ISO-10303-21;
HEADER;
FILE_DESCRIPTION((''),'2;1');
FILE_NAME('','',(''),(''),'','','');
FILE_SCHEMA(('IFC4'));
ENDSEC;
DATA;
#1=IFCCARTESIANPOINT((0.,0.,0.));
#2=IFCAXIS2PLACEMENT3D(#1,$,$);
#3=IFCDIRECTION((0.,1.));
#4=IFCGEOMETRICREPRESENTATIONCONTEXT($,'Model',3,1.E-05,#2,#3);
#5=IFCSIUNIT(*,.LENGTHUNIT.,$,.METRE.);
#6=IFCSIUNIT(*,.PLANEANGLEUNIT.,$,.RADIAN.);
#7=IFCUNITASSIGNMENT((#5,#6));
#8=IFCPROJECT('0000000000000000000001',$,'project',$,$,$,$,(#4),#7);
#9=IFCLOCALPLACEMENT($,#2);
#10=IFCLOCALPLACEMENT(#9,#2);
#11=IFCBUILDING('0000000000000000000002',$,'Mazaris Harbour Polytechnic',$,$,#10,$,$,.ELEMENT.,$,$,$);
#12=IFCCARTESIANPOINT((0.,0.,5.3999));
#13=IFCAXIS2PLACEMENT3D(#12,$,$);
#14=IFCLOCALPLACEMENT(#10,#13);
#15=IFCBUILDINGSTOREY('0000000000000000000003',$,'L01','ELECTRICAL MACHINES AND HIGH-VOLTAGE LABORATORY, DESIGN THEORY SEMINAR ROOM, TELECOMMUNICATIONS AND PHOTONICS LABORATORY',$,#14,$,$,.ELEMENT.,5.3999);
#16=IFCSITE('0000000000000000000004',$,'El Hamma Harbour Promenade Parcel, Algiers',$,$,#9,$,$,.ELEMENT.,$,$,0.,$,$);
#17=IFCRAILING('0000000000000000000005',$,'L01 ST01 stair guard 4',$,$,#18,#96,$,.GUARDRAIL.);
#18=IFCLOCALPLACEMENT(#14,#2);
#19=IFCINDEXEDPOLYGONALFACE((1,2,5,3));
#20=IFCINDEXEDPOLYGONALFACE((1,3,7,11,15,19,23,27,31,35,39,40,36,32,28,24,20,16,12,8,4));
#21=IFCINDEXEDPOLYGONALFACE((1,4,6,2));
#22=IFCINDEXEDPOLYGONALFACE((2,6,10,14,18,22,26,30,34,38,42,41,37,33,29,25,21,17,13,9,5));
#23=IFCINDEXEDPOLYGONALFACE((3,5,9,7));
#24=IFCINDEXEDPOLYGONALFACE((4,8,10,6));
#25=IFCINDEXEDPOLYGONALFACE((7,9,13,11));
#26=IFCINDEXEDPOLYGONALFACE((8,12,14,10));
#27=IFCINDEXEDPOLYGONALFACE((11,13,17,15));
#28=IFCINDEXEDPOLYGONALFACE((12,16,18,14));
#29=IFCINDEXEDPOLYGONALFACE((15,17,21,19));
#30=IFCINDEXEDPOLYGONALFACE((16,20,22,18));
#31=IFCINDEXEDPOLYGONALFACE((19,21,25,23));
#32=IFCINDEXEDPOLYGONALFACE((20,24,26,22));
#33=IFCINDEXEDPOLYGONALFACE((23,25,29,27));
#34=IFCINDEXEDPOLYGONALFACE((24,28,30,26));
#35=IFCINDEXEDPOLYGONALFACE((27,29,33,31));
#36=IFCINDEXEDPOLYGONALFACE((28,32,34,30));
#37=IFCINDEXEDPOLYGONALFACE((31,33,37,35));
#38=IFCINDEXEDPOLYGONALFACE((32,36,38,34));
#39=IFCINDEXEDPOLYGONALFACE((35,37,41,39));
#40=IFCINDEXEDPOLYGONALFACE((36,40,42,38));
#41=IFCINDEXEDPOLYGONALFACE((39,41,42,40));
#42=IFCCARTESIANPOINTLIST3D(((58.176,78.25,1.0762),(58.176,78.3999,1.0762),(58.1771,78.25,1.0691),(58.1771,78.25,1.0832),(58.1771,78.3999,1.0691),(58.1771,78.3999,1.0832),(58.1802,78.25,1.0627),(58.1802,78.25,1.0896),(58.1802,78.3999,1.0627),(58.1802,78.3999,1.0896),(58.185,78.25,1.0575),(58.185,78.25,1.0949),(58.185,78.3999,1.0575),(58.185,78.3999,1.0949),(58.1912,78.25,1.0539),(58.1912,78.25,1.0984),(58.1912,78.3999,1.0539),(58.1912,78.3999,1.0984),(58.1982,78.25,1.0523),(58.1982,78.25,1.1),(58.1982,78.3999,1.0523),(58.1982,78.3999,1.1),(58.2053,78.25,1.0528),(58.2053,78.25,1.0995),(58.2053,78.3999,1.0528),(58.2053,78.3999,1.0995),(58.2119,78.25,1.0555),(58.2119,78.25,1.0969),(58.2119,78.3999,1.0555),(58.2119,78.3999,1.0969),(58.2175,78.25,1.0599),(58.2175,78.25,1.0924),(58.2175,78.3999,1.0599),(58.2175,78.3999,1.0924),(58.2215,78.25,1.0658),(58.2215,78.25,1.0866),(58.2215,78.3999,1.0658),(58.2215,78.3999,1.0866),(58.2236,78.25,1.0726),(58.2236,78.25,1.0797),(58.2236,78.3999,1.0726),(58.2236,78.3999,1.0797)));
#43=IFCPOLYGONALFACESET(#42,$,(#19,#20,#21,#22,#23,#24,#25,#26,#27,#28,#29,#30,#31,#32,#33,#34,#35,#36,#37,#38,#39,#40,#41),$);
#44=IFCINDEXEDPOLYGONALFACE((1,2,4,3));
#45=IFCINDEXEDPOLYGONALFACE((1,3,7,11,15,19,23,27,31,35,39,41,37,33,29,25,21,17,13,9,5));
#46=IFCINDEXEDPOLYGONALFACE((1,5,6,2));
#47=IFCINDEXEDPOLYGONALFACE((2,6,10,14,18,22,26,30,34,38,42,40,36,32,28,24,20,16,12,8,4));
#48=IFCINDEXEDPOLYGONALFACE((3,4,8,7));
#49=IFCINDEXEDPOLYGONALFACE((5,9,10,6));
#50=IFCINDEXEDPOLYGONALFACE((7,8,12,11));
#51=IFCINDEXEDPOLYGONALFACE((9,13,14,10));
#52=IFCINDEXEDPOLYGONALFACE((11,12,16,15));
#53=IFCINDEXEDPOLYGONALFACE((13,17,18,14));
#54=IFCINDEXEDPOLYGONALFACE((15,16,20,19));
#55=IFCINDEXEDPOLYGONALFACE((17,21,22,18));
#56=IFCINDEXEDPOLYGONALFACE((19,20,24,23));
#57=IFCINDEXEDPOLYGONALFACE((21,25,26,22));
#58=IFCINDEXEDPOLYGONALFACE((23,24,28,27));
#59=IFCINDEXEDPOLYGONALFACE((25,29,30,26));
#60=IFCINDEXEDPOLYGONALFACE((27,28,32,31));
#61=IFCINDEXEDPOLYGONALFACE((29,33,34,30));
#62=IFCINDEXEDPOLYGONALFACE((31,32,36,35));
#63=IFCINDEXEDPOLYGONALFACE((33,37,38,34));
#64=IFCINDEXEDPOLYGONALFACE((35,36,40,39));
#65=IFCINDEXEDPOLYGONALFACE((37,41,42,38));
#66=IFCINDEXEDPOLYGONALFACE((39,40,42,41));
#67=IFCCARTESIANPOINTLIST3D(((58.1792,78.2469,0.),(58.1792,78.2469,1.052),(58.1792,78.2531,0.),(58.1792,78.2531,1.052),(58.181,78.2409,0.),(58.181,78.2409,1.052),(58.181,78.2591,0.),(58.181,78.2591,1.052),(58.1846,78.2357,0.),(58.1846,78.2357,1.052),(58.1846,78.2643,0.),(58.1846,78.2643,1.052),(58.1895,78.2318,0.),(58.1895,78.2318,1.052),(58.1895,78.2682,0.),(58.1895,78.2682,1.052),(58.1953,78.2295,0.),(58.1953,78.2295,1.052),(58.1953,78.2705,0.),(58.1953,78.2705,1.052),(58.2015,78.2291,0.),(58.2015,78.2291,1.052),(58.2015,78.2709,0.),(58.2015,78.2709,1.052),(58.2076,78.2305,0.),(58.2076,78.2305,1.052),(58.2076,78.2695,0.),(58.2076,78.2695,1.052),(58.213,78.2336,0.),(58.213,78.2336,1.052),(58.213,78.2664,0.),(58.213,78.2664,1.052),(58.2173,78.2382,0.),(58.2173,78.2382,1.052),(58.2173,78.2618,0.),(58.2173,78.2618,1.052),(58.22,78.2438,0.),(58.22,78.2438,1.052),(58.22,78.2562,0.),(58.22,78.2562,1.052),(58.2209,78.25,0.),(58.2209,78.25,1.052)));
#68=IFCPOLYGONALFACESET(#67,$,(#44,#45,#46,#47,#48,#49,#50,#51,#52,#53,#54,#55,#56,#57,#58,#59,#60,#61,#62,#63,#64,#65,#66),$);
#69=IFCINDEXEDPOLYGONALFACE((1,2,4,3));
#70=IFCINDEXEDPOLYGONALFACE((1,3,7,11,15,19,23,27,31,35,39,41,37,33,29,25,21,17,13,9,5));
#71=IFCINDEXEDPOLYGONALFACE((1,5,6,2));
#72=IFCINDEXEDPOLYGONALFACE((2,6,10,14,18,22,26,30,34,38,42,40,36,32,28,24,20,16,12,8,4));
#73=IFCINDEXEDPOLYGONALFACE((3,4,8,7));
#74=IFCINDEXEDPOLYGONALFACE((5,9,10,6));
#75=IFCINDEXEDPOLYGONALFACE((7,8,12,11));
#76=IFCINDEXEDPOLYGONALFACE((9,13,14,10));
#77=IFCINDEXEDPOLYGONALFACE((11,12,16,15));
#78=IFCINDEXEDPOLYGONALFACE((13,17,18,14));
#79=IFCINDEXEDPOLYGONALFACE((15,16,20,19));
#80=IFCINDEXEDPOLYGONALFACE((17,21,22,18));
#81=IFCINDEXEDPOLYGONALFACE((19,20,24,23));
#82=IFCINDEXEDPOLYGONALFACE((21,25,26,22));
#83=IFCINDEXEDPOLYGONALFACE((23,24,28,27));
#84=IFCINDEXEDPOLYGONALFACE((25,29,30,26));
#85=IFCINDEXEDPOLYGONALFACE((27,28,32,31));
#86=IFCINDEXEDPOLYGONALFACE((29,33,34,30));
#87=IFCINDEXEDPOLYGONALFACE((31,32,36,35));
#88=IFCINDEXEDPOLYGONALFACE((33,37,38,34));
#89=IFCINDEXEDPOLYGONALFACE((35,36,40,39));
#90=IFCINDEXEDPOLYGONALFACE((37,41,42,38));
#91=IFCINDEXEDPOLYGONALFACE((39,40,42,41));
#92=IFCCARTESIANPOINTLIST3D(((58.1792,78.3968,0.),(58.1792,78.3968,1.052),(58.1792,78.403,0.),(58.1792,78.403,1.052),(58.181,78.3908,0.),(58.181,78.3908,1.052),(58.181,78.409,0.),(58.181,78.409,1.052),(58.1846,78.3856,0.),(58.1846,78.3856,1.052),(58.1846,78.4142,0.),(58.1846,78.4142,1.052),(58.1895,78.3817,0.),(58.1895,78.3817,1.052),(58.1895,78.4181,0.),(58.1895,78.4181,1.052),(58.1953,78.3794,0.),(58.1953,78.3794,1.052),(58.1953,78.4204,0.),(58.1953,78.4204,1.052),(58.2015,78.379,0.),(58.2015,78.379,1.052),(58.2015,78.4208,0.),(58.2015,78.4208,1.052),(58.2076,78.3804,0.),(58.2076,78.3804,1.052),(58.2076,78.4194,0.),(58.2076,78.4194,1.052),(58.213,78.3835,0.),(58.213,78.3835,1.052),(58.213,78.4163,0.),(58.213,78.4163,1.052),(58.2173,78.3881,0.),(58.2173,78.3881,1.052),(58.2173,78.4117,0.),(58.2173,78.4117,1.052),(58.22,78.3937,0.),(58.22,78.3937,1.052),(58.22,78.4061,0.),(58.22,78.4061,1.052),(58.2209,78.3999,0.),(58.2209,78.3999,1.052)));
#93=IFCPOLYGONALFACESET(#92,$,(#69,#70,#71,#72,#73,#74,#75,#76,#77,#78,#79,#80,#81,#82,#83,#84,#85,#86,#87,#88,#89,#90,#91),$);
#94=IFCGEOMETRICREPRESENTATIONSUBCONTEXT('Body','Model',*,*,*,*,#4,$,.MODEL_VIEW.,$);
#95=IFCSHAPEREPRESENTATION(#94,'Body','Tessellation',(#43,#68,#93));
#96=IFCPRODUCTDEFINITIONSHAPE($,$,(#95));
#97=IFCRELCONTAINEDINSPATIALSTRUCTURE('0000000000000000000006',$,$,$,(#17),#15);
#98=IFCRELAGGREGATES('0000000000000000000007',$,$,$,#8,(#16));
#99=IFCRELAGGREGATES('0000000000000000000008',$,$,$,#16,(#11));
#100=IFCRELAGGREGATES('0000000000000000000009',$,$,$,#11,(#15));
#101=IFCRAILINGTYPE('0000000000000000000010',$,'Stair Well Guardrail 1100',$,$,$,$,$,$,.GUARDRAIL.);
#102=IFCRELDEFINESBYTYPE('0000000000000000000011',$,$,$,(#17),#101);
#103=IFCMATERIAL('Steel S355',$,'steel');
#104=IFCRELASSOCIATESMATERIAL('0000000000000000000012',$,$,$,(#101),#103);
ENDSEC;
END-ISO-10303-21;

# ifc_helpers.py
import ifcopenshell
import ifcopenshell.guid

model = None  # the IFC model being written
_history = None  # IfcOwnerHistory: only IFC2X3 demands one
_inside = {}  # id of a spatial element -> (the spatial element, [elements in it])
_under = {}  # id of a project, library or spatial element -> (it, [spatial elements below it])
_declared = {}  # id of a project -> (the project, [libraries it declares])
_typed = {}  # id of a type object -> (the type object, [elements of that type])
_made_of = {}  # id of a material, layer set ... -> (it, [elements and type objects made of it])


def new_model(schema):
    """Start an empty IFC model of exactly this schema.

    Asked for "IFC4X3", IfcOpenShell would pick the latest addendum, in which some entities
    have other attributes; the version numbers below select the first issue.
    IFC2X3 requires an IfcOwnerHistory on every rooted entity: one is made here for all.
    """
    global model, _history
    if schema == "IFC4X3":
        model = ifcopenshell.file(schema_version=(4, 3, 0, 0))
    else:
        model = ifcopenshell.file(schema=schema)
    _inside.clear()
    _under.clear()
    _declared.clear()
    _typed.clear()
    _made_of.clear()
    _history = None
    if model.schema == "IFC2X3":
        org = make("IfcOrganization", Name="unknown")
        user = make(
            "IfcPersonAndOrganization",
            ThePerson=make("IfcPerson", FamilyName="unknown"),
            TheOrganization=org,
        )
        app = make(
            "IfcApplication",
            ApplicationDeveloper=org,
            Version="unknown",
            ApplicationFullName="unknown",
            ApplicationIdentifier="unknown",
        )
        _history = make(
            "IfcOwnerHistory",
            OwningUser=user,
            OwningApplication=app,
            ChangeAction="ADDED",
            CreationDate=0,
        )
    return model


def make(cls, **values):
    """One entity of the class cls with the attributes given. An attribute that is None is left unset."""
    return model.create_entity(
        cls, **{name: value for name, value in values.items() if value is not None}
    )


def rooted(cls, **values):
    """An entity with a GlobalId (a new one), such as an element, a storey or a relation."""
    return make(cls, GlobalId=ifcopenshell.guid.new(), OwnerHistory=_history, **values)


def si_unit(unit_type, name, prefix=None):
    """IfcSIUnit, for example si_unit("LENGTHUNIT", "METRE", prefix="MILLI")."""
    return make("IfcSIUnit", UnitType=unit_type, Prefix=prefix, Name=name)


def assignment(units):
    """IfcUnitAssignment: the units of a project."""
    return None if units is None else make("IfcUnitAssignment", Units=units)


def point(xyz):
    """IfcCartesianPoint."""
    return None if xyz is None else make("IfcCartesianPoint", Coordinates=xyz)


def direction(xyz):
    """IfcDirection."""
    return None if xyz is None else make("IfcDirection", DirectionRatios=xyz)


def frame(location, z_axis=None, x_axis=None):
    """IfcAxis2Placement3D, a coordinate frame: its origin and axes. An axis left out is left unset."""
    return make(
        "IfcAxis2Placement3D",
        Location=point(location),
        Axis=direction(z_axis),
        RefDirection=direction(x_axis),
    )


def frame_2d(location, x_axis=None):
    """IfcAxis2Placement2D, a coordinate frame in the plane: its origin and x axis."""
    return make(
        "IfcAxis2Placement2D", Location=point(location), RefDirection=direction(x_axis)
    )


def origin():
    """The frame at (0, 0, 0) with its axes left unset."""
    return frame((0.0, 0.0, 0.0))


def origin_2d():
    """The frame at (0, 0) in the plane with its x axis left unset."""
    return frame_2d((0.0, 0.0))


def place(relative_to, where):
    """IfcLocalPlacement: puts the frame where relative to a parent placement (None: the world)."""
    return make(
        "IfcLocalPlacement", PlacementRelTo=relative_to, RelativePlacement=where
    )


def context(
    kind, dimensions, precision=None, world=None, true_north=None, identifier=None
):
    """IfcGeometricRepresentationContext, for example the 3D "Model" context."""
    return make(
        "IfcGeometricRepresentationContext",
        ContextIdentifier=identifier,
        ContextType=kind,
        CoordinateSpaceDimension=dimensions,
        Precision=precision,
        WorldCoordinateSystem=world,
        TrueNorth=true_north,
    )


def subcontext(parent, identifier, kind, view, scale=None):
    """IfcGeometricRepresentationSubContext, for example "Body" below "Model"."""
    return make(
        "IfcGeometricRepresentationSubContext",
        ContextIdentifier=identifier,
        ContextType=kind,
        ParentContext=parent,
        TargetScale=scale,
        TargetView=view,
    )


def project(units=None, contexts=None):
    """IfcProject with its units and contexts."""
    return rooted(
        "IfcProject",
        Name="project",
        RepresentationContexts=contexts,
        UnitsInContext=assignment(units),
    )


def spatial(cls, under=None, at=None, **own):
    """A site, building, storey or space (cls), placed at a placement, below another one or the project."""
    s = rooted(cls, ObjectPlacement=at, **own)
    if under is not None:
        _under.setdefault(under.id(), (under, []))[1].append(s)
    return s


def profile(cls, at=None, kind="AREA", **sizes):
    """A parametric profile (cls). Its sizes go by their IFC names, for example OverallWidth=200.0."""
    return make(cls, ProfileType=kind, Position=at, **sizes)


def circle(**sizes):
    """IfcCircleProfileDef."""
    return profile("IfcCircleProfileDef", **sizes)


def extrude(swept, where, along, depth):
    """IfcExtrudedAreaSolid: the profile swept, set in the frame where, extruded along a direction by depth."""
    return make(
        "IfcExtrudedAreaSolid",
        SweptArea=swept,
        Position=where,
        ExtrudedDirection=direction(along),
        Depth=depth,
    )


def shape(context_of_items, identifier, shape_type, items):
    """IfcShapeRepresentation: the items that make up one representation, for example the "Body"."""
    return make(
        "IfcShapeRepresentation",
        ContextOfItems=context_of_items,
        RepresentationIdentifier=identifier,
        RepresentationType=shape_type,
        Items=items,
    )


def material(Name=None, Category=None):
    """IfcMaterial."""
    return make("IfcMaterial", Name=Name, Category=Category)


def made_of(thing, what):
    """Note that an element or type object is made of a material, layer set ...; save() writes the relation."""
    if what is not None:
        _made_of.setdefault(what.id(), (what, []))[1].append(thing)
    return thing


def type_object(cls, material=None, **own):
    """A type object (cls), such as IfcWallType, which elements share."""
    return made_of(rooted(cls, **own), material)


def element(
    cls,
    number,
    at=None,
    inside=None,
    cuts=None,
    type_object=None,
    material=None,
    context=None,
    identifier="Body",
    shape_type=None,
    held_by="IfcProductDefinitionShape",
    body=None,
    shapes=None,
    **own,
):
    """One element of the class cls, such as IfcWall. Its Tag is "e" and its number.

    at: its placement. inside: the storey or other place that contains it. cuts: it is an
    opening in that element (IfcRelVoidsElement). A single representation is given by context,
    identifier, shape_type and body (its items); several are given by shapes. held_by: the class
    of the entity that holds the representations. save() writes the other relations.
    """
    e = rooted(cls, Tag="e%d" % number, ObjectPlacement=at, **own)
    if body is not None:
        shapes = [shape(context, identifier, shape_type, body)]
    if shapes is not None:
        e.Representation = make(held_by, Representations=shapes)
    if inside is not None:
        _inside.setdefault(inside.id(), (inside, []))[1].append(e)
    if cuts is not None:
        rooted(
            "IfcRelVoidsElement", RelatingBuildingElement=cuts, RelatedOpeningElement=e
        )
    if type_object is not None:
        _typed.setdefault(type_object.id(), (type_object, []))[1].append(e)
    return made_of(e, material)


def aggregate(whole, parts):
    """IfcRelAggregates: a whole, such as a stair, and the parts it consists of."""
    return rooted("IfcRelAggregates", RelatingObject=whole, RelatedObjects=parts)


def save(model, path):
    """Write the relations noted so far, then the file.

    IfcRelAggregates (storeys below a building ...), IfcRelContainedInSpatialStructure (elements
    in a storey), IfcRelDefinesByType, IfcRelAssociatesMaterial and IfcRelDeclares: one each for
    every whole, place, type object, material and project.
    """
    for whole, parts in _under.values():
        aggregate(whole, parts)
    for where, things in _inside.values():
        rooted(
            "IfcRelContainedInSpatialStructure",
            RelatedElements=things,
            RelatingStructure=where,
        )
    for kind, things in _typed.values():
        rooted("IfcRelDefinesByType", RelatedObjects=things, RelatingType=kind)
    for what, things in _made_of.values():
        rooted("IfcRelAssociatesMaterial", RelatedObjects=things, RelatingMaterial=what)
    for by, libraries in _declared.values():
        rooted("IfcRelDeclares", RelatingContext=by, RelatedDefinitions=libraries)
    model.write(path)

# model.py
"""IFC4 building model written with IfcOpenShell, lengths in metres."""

from ifc_helpers import new_model, si_unit, direction, frame, origin, origin_2d, place, context, subcontext, project, spatial, circle, extrude, material, type_object, element, save


model = new_model("IFC4")

# Units and contexts
model_context = context("Model", 3, precision=1e-05, world=origin(), true_north=direction((0.0, 1.0)))
body_context = subcontext(model_context, "Body", "Model", "MODEL_VIEW")
ifc_project = project(units=[si_unit("LENGTHUNIT", "METRE"), si_unit("PLANEANGLEUNIT", "RADIAN")], contexts=[model_context])

# Site, building, storey
site_placement = place(None, origin())
site = spatial("IfcSite", under=ifc_project, at=site_placement, Name="El Hamma Harbour Promenade Parcel, Algiers", CompositionType="ELEMENT", RefElevation=0.0)
building_placement = place(site_placement, origin())
building = spatial("IfcBuilding", under=site, at=building_placement, Name="Mazaris Harbour Polytechnic", CompositionType="ELEMENT")
storey_placement = place(building_placement, frame((0.0, 0.0, 5.3999)))
storey = spatial("IfcBuildingStorey", under=building, at=storey_placement, Name="L01", Description="ELECTRICAL MACHINES AND HIGH-VOLTAGE LABORATORY, DESIGN THEORY SEMINAR ROOM, TELECOMMUNICATIONS AND PHOTONICS LABORATORY", CompositionType="ELEMENT", Elevation=5.3999)

# Railing
ifc_material_1 = material(Name="Steel S355", Category="steel")
railing_type_1 = type_object("IfcRailingType", Name="Stair Well Guardrail 1100", PredefinedType="GUARDRAIL", material=ifc_material_1)
railing_1_placement = place(storey_placement, frame((58.2, 78.25, 0.0)))
element("IfcRailing", 1, at=railing_1_placement, inside=storey, type_object=railing_type_1, Name="L01 ST01 stair guard 4", PredefinedType="GUARDRAIL", context=body_context, shape_type="SweptSolid", body=[
    extrude(circle(Radius=0.0239, at=origin_2d()), frame((0.0, 0.0, 1.0762), z_axis=(0.0, 1.0, 0.0), x_axis=(-1.0, 0.0, 0.0)), (0.0, 0.0, 1.0), 0.1499),
    extrude(circle(Radius=0.021, at=origin_2d()), origin(), (0.0, 0.0, 1.0), 1.052),
    extrude(circle(Radius=0.021, at=origin_2d()), frame((0.0, 0.1499, 0.0)), (0.0, 0.0, 1.0), 1.052),
])

save(model, "model.ifc")
